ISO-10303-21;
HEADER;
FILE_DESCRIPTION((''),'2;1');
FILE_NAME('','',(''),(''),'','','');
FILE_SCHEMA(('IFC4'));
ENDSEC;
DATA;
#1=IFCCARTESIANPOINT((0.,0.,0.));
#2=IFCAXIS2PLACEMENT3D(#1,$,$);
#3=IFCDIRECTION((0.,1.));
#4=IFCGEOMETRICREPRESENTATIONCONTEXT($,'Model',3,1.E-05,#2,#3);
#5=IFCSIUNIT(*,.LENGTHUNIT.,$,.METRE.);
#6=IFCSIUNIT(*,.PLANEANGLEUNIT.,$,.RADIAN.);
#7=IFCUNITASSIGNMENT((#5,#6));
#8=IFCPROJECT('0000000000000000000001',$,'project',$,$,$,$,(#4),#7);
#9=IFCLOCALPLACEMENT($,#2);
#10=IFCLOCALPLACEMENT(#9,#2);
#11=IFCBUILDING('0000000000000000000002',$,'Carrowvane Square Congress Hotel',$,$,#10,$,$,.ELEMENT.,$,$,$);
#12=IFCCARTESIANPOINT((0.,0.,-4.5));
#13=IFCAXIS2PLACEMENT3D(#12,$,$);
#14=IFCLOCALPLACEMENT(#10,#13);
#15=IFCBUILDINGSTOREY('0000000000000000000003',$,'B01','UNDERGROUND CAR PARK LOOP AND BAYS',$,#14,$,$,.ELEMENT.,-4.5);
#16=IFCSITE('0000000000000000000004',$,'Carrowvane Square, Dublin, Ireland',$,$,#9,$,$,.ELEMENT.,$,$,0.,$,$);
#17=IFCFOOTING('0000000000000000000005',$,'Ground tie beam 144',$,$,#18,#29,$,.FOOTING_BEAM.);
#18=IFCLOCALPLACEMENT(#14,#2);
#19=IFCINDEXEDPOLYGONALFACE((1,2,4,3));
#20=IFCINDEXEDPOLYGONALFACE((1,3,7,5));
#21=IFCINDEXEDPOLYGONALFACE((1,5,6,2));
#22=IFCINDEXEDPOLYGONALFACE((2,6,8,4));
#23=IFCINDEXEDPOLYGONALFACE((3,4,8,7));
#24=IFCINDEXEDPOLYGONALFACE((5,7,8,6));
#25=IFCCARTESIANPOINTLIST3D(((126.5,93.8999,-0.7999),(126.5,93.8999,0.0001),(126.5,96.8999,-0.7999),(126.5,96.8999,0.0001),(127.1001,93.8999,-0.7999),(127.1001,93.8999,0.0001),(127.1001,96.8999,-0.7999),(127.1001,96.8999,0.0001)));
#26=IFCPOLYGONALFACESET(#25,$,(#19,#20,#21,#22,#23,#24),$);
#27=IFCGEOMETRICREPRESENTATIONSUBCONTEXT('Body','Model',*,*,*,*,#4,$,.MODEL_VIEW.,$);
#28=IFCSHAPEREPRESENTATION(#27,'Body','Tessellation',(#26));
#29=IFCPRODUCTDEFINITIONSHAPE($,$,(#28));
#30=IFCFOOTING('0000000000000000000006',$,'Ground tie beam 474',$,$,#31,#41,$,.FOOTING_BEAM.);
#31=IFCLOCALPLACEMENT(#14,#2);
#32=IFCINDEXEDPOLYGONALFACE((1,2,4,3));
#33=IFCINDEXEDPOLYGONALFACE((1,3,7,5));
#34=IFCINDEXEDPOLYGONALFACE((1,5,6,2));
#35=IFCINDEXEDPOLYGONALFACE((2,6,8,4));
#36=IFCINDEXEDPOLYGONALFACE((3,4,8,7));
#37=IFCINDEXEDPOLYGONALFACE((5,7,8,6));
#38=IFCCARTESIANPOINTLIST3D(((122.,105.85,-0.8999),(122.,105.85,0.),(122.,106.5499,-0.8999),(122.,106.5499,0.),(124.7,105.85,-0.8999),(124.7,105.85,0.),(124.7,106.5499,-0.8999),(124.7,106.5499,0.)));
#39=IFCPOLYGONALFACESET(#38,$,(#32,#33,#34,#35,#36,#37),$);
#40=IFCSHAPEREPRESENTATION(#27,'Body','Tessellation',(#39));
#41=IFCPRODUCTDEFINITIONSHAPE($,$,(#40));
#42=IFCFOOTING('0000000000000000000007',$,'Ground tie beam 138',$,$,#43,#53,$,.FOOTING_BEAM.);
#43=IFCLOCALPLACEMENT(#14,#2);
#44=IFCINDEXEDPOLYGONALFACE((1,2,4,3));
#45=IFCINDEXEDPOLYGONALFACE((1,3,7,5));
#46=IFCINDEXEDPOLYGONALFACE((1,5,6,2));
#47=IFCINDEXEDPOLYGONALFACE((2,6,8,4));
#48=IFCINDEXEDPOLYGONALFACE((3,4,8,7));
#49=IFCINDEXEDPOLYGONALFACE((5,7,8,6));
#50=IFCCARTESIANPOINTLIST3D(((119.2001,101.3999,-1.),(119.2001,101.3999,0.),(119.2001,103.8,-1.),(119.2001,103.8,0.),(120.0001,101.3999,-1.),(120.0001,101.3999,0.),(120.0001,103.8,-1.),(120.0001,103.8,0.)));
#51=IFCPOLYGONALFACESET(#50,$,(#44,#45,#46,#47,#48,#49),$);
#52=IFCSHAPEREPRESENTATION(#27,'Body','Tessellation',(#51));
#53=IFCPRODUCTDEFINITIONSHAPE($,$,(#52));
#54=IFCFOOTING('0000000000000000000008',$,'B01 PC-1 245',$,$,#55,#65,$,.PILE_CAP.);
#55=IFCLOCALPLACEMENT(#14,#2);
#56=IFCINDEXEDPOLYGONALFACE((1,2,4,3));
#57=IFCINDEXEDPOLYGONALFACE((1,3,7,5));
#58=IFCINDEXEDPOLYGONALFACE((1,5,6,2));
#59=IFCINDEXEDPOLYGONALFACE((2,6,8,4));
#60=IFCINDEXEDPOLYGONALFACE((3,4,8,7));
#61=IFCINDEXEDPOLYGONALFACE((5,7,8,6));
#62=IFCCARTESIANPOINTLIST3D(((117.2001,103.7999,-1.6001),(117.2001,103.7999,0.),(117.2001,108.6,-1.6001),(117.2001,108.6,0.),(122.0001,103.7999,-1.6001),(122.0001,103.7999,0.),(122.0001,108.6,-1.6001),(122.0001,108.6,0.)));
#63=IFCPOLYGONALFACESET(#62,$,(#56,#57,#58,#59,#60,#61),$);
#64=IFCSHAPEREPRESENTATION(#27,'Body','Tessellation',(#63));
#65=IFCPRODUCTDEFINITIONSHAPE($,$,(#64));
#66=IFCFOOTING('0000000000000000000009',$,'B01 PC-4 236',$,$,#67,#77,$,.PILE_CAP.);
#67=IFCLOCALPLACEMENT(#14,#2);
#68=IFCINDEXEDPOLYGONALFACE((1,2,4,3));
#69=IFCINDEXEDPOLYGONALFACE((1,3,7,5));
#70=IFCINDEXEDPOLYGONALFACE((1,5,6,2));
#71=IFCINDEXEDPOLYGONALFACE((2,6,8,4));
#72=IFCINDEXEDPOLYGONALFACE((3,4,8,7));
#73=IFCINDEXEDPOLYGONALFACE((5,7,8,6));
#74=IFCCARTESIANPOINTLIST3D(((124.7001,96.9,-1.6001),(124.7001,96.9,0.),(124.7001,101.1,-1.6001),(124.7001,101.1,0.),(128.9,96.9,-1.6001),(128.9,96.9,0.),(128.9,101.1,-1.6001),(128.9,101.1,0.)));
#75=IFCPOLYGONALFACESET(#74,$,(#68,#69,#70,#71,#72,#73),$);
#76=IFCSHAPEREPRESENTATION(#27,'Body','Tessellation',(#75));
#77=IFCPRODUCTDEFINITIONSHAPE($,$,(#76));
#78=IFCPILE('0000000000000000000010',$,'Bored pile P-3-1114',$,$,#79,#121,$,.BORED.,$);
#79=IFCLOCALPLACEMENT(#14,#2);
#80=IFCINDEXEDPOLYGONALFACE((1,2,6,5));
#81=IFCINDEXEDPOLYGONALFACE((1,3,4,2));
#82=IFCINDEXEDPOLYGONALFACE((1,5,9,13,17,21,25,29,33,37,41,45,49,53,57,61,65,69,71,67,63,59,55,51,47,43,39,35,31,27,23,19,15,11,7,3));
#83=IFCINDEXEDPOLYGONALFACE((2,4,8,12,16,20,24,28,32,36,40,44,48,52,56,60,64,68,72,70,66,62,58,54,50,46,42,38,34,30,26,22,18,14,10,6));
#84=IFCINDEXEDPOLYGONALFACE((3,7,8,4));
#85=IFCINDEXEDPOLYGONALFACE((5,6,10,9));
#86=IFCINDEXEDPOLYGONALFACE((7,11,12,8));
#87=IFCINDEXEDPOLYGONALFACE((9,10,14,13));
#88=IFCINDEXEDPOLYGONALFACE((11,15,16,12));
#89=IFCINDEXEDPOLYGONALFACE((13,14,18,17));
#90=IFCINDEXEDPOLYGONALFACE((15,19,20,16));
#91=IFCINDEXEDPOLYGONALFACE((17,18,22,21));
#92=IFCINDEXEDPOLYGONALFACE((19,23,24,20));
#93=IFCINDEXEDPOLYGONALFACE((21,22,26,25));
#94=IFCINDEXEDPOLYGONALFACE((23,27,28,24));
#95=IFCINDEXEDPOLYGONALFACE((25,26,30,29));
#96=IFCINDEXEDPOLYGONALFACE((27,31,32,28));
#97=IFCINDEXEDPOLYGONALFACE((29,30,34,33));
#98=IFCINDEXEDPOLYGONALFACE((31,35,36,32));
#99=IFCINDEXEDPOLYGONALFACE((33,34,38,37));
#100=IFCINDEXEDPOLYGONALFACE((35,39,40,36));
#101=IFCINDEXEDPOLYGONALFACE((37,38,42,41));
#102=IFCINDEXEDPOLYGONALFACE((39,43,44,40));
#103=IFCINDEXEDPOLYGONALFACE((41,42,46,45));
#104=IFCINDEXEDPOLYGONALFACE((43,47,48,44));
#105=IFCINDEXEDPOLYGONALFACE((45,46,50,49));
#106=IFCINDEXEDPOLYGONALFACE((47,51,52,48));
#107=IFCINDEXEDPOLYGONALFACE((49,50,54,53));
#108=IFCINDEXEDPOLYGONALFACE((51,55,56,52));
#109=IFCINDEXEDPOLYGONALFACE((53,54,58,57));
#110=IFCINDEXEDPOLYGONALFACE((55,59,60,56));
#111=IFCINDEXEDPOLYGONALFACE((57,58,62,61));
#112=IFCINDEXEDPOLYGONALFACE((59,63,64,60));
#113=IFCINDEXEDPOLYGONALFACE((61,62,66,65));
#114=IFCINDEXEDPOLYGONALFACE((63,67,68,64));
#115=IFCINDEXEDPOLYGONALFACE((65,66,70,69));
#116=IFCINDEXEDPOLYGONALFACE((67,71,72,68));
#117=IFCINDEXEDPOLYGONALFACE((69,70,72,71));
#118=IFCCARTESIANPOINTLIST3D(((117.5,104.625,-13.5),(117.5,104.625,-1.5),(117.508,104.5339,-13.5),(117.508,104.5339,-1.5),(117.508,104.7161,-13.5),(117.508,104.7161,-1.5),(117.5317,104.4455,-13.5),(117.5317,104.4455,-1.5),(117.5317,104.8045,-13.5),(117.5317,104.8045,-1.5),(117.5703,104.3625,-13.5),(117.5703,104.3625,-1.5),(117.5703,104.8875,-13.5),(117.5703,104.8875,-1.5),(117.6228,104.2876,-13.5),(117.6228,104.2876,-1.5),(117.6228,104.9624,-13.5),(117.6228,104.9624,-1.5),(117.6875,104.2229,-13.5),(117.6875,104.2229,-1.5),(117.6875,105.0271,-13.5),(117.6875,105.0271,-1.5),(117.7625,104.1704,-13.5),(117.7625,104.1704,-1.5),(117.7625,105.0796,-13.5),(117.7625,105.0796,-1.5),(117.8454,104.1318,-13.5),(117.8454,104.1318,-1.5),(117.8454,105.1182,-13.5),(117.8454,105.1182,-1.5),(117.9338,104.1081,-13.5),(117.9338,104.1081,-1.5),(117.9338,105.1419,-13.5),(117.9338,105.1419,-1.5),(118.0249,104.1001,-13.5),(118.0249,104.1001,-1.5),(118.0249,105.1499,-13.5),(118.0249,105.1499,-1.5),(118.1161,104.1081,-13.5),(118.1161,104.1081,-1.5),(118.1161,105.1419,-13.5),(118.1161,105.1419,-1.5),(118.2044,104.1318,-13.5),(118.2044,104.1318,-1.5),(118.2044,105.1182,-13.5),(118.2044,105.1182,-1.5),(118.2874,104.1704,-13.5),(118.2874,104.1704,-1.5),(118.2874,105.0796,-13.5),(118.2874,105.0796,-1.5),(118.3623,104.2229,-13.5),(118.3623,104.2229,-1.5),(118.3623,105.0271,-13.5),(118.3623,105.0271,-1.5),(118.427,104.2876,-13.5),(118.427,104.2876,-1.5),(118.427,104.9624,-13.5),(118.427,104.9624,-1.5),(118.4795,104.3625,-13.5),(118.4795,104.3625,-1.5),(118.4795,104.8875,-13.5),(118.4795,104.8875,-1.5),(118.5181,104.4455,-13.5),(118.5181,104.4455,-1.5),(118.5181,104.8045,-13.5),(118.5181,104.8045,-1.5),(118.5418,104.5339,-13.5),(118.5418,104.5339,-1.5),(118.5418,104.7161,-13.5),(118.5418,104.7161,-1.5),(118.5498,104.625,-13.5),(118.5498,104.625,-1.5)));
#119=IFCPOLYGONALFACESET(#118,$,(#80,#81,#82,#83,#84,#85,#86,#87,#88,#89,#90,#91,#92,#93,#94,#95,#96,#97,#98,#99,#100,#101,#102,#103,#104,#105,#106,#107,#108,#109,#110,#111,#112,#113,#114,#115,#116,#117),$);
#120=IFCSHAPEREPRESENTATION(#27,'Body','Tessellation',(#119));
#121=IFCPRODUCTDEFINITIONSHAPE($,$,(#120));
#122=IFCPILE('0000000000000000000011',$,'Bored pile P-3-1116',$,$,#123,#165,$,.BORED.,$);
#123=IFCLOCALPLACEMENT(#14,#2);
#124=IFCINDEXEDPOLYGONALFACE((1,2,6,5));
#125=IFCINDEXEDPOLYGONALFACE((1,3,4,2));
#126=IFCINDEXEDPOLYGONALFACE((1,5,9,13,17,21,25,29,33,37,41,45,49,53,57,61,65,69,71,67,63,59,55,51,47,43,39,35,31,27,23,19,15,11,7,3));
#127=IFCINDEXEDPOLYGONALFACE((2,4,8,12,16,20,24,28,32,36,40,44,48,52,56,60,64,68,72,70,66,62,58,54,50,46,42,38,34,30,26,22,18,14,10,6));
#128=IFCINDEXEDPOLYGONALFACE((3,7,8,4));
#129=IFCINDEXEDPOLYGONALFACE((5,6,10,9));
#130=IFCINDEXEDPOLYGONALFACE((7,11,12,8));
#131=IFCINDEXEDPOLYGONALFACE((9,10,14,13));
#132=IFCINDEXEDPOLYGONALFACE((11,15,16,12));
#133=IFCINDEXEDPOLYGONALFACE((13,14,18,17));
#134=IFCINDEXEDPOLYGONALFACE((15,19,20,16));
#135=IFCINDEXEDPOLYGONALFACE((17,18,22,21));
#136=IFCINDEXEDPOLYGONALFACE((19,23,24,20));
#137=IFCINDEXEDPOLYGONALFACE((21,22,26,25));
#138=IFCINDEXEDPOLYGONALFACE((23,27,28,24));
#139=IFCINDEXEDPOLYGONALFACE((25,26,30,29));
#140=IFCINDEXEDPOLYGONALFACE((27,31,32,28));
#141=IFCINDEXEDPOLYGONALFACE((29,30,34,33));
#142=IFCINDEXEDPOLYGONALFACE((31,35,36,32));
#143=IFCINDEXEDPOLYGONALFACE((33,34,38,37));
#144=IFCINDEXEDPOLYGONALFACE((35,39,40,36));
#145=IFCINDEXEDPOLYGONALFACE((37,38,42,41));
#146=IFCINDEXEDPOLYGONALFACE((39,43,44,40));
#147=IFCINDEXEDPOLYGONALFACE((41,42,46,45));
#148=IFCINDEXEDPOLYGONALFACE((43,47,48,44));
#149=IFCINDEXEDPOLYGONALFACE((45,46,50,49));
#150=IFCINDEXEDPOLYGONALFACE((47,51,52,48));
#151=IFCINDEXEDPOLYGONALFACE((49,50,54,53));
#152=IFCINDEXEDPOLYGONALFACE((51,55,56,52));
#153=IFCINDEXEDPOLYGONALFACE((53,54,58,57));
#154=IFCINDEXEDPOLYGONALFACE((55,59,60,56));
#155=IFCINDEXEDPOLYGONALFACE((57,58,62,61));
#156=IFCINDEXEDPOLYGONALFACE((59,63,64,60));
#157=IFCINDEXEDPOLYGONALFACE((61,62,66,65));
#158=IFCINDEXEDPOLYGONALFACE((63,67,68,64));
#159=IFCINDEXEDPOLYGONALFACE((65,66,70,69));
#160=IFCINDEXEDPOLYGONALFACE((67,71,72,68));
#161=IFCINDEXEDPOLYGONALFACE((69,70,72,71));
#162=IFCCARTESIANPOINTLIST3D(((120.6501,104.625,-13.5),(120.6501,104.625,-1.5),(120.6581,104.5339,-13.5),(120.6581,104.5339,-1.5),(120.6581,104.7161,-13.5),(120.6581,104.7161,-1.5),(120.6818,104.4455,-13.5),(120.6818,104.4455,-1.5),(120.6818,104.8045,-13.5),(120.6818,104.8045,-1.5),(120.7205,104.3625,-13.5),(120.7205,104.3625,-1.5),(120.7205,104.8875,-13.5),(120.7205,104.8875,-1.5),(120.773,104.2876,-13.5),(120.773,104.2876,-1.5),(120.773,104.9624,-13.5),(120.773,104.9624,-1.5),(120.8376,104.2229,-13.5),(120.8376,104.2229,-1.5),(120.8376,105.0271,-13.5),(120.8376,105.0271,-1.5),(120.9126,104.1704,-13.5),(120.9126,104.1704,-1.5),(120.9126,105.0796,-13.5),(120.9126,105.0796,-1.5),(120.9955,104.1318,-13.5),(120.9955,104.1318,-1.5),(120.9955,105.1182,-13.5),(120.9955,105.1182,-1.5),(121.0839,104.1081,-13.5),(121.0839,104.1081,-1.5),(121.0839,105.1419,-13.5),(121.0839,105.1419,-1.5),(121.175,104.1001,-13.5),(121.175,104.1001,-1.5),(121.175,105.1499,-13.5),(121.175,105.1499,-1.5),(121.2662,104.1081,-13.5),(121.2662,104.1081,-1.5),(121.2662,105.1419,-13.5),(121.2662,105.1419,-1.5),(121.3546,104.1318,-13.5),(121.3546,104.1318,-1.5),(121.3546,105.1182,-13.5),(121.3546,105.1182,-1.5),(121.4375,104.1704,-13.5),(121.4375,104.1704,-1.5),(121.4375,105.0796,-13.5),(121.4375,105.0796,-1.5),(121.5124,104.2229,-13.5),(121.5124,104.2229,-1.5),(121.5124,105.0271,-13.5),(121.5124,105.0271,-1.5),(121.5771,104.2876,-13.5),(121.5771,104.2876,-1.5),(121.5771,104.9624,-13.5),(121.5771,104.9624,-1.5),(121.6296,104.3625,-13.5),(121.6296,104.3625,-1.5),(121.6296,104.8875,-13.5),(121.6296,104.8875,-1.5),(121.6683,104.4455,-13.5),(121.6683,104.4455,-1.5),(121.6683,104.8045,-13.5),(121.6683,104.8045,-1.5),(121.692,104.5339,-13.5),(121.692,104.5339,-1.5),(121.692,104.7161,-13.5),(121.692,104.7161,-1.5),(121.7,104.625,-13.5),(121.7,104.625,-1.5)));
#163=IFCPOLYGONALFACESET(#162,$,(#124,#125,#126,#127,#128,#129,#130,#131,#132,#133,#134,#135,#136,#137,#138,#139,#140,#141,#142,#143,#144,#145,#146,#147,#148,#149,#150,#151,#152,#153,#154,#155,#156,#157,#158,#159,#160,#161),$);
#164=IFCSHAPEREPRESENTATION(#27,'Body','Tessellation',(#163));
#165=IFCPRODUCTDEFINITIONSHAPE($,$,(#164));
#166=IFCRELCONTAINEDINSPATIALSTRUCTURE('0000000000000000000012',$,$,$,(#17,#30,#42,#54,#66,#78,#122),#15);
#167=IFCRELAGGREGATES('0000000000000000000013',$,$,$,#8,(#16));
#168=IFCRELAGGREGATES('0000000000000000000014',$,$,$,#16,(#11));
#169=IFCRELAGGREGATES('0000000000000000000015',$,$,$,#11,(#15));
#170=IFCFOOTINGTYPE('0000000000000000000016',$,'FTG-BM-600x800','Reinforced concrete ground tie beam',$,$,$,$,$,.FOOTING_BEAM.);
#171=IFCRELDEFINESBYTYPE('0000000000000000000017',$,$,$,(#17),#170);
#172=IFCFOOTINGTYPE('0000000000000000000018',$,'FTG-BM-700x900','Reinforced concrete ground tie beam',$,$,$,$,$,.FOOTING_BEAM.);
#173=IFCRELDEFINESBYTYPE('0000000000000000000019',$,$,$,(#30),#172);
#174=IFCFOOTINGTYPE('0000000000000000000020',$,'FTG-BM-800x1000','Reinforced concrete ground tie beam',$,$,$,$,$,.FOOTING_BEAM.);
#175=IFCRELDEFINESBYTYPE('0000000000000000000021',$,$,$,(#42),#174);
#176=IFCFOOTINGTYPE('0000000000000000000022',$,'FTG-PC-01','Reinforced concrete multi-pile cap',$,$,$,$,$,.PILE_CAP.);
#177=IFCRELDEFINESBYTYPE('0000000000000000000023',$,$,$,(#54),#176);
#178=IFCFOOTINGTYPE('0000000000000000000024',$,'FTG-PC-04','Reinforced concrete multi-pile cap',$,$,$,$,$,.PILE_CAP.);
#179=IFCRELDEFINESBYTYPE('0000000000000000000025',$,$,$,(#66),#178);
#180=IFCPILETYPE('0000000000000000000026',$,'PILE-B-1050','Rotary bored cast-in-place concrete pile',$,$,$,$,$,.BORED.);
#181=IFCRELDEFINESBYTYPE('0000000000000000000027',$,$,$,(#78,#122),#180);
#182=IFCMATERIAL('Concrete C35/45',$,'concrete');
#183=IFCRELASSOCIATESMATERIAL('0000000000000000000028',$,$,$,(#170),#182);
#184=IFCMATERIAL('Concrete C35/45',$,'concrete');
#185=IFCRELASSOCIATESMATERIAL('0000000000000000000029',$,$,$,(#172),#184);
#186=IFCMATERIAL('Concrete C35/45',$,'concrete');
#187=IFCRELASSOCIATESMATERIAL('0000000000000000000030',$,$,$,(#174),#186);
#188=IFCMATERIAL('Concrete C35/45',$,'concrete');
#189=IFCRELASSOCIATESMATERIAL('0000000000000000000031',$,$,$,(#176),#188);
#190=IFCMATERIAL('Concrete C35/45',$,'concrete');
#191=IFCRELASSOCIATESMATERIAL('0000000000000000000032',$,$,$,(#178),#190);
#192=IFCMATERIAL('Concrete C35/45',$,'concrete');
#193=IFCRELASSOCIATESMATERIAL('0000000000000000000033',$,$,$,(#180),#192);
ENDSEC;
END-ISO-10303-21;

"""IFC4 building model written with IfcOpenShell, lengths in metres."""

from ifc_helpers import new_model, si_unit, direction, frame, origin, origin_2d, place, context, subcontext, project, spatial, rectangle, circle, extrude, material, material_profile, profile_set, type_object, element, save


model = new_model("IFC4")

# Units and contexts
model_context = context("Model", 3, precision=1e-05, world=origin(), true_north=direction((0.0, 1.0)))
body_context = subcontext(model_context, "Body", "Model", "MODEL_VIEW")
ifc_project = project(units=[si_unit("LENGTHUNIT", "METRE"), si_unit("PLANEANGLEUNIT", "RADIAN")], contexts=[model_context])

# Site, building, storey
site_placement = place(None, origin())
site = spatial("IfcSite", under=ifc_project, at=site_placement, Name="Carrowvane Square, Dublin, Ireland", CompositionType="ELEMENT", RefElevation=0.0)
building_placement = place(site_placement, origin())
building = spatial("IfcBuilding", under=site, at=building_placement, Name="Carrowvane Square Congress Hotel", CompositionType="ELEMENT")
storey_placement = place(building_placement, frame((0.0, 0.0, -4.5)))
storey = spatial("IfcBuildingStorey", under=building, at=storey_placement, Name="B01", Description="UNDERGROUND CAR PARK LOOP AND BAYS", CompositionType="ELEMENT", Elevation=-4.5)

# Footings
ifc_material_1 = material(Name="Concrete C35/45", Category="concrete")
ifc_material_profile_1 = material_profile(ifc_material_1, rectangle(XDim=0.6001, YDim=0.8, at=origin_2d()), Name="RC 600x800")
ifc_profile_set_1 = profile_set([ifc_material_profile_1], Name="Concrete C35/45")
footing_type_1 = type_object("IfcFootingType", Name="FTG-BM-600x800", Description="Reinforced concrete ground tie beam", PredefinedType="FOOTING_BEAM", material=ifc_profile_set_1)
footing_1_placement = place(storey_placement, frame((126.8, 93.8999, -0.3999), z_axis=(0.0, 1.0, 0.0), x_axis=(-1.0, 0.0, 0.0)))
element("IfcFooting", 1, at=footing_1_placement, inside=storey, type_object=footing_type_1, Name="Ground tie beam 144", PredefinedType="FOOTING_BEAM", context=body_context, shape_type="SweptSolid", body=[
    extrude(rectangle(XDim=0.6001, YDim=0.8, at=origin_2d()), origin(), (0.0, 0.0, 1.0), 3.0),
])
ifc_material_2 = material(Name="Concrete C35/45", Category="concrete")
ifc_material_profile_2 = material_profile(ifc_material_2, rectangle(XDim=0.7, YDim=0.8999, at=origin_2d()), Name="RC 700x900")
ifc_profile_set_2 = profile_set([ifc_material_profile_2], Name="Concrete C35/45")
footing_type_2 = type_object("IfcFootingType", Name="FTG-BM-700x900", Description="Reinforced concrete ground tie beam", PredefinedType="FOOTING_BEAM", material=ifc_profile_set_2)
footing_2_placement = place(storey_placement, frame((122.0, 106.2, -0.45), z_axis=(1.0, 0.0, 0.0), x_axis=(0.0, 1.0, 0.0)))
element("IfcFooting", 2, at=footing_2_placement, inside=storey, type_object=footing_type_2, Name="Ground tie beam 474", PredefinedType="FOOTING_BEAM", context=body_context, shape_type="SweptSolid", body=[
    extrude(rectangle(XDim=0.7, YDim=0.8999, at=origin_2d()), origin(), (0.0, 0.0, 1.0), 2.7),
])
ifc_material_3 = material(Name="Concrete C35/45", Category="concrete")
ifc_material_profile_3 = material_profile(ifc_material_3, rectangle(XDim=0.8, YDim=1.0, at=origin_2d()), Name="RC 800x1000")
ifc_profile_set_3 = profile_set([ifc_material_profile_3], Name="Concrete C35/45")
footing_type_3 = type_object("IfcFootingType", Name="FTG-BM-800x1000", Description="Reinforced concrete ground tie beam", PredefinedType="FOOTING_BEAM", material=ifc_profile_set_3)
footing_3_placement = place(storey_placement, frame((119.6001, 101.3999, -0.5), z_axis=(0.0, 1.0, 0.0), x_axis=(-1.0, 0.0, 0.0)))
element("IfcFooting", 3, at=footing_3_placement, inside=storey, type_object=footing_type_3, Name="Ground tie beam 138", PredefinedType="FOOTING_BEAM", context=body_context, shape_type="SweptSolid", body=[
    extrude(rectangle(XDim=0.8, YDim=1.0, at=origin_2d()), origin(), (0.0, 0.0, 1.0), 2.4001),
])
ifc_material_4 = material(Name="Concrete C35/45", Category="concrete")
footing_type_4 = type_object("IfcFootingType", Name="FTG-PC-01", Description="Reinforced concrete multi-pile cap", PredefinedType="PILE_CAP", material=ifc_material_4)
footing_4_placement = place(storey_placement, frame((119.6001, 106.2, -1.6001), z_axis=(0.0, 0.0, 1.0), x_axis=(1.0, 0.0, 0.0)))
element("IfcFooting", 4, at=footing_4_placement, inside=storey, type_object=footing_type_4, Name="B01 PC-1 245", PredefinedType="PILE_CAP", context=body_context, shape_type="SweptSolid", body=[
    extrude(rectangle(XDim=4.8, YDim=4.8, at=origin_2d()), origin(), (0.0, 0.0, 1.0), 1.6001),
])
ifc_material_5 = material(Name="Concrete C35/45", Category="concrete")
footing_type_5 = type_object("IfcFootingType", Name="FTG-PC-04", Description="Reinforced concrete multi-pile cap", PredefinedType="PILE_CAP", material=ifc_material_5)
footing_5_placement = place(storey_placement, frame((126.8, 99.0, -1.6001), z_axis=(0.0, 0.0, 1.0), x_axis=(1.0, 0.0, 0.0)))
element("IfcFooting", 5, at=footing_5_placement, inside=storey, type_object=footing_type_5, Name="B01 PC-4 236", PredefinedType="PILE_CAP", context=body_context, shape_type="SweptSolid", body=[
    extrude(rectangle(XDim=4.2, YDim=4.2, at=origin_2d()), origin(), (0.0, 0.0, 1.0), 1.6001),
])

# Piles
ifc_material_6 = material(Name="Concrete C35/45", Category="concrete")
ifc_material_profile_4 = material_profile(ifc_material_6, circle(Radius=0.5249, at=origin_2d()), Name="PILE D1050")
ifc_profile_set_4 = profile_set([ifc_material_profile_4], Name="Concrete C35/45")
pile_type_1 = type_object("IfcPileType", Name="PILE-B-1050", Description="Rotary bored cast-in-place concrete pile", PredefinedType="BORED", material=ifc_profile_set_4)
for number, where, z_axis, x_axis, name in (
    (6, (118.0249, 104.625, -1.5), (0.0, 0.0, -1.0), (1.0, 0.0, 0.0), "Bored pile P-3-1114"),
    (7, (121.175, 104.625, -1.5), (0.0, 0.0, -1.0), (1.0, 0.0, 0.0), "Bored pile P-3-1116"),
):
    element("IfcPile", number, at=place(storey_placement, frame(where, z_axis=z_axis, x_axis=x_axis)), inside=storey, type_object=pile_type_1, Name=name, PredefinedType="BORED", context=body_context, shape_type="SweptSolid", body=[
        extrude(circle(Radius=0.5249, at=origin_2d()), origin(), (0.0, 0.0, 1.0), 12.0),
    ])

save(model, "model.ifc")
